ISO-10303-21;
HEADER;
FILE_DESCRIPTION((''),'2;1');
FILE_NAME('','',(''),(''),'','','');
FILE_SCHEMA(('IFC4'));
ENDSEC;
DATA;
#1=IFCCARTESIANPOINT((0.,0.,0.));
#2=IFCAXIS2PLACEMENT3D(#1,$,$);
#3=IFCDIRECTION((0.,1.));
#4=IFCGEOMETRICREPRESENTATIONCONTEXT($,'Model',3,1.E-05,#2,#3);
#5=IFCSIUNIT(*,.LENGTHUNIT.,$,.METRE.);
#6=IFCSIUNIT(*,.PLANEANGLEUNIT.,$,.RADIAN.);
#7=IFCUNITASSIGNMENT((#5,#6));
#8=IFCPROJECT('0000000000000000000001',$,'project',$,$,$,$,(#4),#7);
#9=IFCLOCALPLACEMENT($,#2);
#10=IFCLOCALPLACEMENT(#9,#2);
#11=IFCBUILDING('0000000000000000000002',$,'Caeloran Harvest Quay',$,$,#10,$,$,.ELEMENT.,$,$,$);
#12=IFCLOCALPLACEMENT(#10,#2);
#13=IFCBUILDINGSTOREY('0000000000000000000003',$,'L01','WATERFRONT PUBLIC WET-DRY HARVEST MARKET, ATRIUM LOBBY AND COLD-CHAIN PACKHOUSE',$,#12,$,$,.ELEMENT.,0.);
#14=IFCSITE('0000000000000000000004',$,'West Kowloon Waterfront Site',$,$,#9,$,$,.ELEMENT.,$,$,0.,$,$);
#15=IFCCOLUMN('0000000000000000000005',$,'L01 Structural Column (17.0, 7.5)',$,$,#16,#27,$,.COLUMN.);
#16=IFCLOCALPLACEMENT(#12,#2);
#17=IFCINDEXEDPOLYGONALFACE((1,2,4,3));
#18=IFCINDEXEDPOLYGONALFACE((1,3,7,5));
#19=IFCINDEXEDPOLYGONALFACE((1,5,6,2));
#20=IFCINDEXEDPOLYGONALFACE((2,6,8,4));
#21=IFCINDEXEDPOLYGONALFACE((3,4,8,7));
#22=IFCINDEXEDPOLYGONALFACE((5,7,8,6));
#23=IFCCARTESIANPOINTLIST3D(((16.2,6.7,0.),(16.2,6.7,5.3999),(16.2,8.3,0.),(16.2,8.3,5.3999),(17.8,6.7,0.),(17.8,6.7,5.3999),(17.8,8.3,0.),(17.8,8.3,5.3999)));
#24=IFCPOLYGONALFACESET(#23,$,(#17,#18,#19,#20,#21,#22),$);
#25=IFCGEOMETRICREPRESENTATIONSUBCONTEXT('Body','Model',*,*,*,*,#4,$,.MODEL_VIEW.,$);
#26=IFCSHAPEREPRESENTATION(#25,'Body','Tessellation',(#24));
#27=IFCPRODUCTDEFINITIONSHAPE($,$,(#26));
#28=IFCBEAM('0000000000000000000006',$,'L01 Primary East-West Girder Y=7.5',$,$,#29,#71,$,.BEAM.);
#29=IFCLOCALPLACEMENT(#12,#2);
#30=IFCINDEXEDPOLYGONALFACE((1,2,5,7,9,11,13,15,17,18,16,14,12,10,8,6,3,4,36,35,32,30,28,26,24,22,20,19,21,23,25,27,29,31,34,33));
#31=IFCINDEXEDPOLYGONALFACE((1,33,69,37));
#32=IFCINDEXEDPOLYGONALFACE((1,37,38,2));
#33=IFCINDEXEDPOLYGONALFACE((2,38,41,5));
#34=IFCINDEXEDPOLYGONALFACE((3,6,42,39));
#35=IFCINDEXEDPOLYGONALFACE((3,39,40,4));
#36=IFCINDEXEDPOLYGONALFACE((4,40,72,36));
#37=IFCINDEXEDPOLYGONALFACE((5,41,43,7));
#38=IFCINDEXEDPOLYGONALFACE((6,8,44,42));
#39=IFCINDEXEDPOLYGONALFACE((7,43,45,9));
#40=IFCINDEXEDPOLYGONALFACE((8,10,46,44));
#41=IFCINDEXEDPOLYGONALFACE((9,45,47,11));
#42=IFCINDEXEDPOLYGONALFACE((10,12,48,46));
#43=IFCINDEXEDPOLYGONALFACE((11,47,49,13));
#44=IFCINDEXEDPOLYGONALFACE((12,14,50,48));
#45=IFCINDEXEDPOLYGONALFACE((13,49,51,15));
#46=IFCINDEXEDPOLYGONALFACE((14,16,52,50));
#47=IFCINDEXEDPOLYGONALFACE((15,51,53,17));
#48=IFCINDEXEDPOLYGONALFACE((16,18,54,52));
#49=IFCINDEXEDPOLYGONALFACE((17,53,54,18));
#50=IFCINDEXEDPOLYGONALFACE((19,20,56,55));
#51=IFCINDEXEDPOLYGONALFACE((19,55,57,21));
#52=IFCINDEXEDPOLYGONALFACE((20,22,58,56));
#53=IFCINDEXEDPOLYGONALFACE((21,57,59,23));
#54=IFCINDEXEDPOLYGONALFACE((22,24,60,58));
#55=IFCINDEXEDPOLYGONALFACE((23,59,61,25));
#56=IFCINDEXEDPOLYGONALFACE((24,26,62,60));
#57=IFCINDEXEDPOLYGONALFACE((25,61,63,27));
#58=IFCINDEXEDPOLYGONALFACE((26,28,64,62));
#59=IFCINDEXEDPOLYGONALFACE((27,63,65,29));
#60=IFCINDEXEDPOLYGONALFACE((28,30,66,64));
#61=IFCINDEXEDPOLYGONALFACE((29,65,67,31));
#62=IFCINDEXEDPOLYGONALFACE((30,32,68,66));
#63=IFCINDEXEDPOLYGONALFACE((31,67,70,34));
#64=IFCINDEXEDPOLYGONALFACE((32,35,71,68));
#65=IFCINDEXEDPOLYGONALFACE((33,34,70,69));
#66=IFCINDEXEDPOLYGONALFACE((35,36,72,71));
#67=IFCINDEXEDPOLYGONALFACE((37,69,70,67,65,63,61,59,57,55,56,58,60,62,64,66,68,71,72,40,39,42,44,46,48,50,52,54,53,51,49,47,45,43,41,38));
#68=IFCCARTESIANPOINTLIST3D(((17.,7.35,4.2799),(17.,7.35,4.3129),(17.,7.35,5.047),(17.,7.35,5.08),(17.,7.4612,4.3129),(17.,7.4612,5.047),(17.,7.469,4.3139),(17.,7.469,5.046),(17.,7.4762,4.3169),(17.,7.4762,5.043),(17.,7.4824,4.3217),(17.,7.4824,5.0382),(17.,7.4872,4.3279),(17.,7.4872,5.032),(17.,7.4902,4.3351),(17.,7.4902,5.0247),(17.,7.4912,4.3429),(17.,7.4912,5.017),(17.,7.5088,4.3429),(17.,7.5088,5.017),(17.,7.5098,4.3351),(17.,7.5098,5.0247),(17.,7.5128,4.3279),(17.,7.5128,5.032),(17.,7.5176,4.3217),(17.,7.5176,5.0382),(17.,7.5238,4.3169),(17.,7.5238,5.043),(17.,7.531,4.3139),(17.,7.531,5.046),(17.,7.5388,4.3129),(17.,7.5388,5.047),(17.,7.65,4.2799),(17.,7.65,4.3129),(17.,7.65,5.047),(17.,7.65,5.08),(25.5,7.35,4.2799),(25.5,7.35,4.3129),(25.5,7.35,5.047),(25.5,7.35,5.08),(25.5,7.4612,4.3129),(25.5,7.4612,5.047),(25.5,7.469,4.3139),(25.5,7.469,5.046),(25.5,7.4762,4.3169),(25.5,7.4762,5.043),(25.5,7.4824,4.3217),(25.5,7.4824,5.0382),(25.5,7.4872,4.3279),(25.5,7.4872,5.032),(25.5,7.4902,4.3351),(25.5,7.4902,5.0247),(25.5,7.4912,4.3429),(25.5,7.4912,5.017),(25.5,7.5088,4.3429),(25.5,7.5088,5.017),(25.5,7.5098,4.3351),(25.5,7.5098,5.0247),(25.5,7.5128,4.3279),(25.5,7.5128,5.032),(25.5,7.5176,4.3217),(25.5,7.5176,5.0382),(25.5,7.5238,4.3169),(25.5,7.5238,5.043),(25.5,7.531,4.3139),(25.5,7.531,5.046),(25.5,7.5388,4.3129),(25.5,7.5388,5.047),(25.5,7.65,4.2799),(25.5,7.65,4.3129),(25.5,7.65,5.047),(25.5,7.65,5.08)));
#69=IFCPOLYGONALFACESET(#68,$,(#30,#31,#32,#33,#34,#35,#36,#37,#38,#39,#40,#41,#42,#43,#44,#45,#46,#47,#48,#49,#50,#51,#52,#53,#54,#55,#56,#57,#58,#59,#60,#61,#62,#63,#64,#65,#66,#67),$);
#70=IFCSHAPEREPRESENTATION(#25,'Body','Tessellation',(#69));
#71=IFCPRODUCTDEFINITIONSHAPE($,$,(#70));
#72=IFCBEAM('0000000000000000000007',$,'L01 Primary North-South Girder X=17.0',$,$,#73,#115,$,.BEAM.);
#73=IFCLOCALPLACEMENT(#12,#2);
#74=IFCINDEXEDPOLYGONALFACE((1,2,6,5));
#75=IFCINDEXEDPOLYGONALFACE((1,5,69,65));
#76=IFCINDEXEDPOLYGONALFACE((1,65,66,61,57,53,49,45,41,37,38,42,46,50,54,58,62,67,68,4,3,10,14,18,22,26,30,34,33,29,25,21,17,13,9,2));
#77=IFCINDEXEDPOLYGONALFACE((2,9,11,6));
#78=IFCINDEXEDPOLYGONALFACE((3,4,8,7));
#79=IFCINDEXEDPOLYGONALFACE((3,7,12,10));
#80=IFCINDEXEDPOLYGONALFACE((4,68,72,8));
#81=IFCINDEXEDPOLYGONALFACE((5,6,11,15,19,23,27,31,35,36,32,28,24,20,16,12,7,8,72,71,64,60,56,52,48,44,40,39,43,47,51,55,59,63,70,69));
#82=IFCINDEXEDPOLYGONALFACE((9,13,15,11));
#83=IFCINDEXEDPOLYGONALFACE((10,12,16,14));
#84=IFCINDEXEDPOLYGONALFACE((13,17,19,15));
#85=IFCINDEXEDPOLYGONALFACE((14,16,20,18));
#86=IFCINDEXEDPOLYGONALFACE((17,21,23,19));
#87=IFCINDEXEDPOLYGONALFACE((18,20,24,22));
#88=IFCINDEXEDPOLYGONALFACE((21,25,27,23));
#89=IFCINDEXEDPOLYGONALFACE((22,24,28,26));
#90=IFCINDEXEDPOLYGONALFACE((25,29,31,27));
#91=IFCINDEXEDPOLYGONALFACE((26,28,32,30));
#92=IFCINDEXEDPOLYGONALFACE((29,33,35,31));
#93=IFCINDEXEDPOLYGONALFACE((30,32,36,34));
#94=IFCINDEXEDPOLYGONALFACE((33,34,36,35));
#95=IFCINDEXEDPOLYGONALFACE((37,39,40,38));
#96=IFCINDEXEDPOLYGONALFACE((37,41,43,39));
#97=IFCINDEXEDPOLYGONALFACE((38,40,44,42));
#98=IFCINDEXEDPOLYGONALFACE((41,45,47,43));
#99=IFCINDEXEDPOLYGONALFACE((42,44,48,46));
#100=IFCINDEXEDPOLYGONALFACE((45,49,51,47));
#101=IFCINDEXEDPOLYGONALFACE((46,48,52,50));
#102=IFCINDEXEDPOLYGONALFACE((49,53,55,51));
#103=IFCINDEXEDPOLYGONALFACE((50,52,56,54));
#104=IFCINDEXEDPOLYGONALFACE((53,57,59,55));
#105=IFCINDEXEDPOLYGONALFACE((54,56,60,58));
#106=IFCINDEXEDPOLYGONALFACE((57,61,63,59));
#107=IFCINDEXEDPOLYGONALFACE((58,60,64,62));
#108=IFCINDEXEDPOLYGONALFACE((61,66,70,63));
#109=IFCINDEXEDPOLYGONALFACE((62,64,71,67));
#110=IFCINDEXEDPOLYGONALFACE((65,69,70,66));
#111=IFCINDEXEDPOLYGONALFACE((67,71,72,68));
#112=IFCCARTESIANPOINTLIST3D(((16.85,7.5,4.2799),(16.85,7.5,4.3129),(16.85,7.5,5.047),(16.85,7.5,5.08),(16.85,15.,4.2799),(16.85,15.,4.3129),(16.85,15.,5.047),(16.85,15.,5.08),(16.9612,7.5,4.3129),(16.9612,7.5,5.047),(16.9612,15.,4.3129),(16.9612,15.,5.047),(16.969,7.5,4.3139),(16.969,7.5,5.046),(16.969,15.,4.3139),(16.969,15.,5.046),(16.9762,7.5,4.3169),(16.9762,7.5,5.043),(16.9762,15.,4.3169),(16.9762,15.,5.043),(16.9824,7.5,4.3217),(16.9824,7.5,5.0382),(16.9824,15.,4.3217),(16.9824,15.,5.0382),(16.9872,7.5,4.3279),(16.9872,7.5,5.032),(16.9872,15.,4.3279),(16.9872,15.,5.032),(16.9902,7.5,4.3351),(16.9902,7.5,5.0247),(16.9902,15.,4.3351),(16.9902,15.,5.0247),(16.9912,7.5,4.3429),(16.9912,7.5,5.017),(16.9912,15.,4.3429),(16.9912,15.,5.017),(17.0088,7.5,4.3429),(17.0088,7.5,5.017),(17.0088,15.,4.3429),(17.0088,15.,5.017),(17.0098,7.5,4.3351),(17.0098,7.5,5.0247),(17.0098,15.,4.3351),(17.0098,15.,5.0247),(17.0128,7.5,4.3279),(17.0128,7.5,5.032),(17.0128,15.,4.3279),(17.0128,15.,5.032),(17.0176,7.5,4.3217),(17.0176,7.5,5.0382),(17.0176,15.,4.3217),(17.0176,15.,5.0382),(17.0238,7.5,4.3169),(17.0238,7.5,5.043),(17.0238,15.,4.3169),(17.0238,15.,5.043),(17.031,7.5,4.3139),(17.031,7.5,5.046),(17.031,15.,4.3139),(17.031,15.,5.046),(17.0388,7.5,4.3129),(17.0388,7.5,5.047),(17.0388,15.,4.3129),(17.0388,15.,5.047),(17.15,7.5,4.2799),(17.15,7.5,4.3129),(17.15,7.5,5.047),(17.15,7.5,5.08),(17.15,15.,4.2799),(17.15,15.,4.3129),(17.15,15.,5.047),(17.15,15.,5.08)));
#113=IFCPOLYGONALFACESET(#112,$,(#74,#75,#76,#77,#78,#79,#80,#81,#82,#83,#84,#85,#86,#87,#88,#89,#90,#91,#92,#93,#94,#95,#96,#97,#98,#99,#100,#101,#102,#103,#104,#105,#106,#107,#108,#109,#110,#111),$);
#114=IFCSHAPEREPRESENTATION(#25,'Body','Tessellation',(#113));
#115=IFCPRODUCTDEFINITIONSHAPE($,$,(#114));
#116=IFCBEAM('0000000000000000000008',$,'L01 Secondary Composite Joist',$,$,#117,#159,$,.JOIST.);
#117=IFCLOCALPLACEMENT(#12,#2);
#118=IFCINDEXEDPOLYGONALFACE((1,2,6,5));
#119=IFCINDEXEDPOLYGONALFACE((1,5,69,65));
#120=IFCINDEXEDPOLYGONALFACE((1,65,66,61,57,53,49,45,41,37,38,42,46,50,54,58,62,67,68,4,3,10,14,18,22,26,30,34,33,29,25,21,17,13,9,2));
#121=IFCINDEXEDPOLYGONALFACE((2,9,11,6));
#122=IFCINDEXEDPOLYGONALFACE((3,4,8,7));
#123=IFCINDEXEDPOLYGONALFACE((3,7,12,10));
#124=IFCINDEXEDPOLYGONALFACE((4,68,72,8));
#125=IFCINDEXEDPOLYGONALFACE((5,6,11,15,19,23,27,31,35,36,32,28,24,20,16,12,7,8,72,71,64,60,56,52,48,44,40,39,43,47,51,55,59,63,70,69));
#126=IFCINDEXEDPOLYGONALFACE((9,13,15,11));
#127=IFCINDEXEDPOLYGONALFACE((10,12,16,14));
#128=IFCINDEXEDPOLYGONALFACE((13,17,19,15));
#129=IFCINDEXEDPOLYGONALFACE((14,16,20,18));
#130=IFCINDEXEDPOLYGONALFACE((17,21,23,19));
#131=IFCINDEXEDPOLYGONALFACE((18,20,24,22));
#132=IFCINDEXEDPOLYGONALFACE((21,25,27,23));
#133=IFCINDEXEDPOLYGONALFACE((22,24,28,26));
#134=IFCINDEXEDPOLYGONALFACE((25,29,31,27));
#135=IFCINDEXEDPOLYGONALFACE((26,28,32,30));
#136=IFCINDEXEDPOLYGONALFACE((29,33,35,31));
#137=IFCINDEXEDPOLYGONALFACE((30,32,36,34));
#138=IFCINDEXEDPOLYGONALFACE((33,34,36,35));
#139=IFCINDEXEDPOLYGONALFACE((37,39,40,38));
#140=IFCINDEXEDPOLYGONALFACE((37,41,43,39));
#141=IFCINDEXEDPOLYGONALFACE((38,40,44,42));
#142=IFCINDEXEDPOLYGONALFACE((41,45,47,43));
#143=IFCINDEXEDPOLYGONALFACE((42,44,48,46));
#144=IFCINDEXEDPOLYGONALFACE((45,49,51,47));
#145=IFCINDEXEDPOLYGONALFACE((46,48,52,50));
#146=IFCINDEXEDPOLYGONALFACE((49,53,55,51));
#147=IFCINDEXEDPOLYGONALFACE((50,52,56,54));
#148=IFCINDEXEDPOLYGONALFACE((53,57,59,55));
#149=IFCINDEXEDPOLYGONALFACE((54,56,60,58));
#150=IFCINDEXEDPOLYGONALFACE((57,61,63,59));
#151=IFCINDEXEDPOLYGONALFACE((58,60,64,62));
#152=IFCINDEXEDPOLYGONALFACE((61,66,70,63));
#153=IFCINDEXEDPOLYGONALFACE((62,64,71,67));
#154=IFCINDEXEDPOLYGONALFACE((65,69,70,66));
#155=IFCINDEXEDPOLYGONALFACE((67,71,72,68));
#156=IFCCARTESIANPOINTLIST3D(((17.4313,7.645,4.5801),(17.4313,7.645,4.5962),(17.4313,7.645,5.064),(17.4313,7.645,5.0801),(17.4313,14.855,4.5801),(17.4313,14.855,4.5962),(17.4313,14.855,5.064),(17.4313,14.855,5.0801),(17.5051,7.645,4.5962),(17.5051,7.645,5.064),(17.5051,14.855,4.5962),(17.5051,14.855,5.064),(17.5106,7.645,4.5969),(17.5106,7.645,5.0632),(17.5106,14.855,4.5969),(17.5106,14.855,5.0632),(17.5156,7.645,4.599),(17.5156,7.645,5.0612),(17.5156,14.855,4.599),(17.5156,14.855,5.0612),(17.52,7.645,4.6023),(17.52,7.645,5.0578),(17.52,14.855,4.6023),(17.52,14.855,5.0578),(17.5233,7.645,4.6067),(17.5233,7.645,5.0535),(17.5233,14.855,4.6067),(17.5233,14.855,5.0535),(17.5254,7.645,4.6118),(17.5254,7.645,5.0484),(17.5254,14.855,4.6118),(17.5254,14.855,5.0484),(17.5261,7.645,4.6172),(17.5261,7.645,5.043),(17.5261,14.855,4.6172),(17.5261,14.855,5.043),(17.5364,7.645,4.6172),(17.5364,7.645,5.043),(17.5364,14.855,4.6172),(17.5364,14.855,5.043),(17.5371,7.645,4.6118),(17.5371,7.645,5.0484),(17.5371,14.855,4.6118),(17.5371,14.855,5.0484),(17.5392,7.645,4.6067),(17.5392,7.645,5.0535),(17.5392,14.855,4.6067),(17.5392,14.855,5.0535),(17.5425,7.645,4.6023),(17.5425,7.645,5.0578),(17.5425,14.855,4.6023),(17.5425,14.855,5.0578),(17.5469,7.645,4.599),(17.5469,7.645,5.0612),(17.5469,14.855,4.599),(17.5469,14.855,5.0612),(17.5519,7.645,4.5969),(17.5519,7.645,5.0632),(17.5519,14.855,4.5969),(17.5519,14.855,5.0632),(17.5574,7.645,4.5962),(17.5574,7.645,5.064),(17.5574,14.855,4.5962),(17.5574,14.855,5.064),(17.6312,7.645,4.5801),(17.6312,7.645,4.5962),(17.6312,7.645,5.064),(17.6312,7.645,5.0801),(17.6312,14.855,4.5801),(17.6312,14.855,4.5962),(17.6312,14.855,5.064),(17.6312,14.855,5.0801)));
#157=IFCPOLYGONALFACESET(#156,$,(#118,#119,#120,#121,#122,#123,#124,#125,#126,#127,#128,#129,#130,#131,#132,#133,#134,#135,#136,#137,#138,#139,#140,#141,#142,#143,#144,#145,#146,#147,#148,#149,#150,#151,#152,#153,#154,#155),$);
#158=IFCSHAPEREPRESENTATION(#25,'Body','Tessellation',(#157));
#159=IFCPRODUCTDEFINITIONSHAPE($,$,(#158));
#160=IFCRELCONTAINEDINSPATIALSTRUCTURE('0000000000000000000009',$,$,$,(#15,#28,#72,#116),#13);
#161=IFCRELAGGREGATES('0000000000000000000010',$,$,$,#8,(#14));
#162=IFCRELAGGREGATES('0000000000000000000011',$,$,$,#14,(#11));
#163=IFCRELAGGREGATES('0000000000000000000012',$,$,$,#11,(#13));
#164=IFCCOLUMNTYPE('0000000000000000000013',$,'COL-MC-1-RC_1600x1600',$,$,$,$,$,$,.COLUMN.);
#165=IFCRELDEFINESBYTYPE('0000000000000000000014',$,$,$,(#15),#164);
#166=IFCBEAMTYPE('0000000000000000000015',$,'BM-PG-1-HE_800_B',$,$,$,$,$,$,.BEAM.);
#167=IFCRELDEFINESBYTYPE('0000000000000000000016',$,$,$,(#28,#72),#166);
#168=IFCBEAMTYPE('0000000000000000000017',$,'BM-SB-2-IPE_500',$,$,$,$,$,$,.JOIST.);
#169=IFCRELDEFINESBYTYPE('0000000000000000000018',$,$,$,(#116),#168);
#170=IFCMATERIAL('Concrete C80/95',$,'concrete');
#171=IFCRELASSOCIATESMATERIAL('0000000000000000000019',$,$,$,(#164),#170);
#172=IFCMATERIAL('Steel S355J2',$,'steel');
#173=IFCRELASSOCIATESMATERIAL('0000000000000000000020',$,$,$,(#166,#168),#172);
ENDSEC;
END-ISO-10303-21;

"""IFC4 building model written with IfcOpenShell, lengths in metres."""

from ifc_helpers import new_model, si_unit, direction, frame, origin, origin_2d, place, context, subcontext, project, spatial, rectangle, i_section, extrude, material, material_profile, profile_set, type_object, element, save


model = new_model("IFC4")

# Units and contexts
model_context = context("Model", 3, precision=1e-05, world=origin(), true_north=direction((0.0, 1.0)))
body_context = subcontext(model_context, "Body", "Model", "MODEL_VIEW")
ifc_project = project(units=[si_unit("LENGTHUNIT", "METRE"), si_unit("PLANEANGLEUNIT", "RADIAN")], contexts=[model_context])

# Site, building, storey
site_placement = place(None, origin())
site = spatial("IfcSite", under=ifc_project, at=site_placement, Name="West Kowloon Waterfront Site", CompositionType="ELEMENT", RefElevation=0.0)
building_placement = place(site_placement, origin())
building = spatial("IfcBuilding", under=site, at=building_placement, Name="Caeloran Harvest Quay", CompositionType="ELEMENT")
storey_placement = place(building_placement, origin())
storey = spatial("IfcBuildingStorey", under=building, at=storey_placement, Name="L01", Description="WATERFRONT PUBLIC WET-DRY HARVEST MARKET, ATRIUM LOBBY AND COLD-CHAIN PACKHOUSE", CompositionType="ELEMENT", Elevation=0.0)

# Column
ifc_material_1 = material(Name="Concrete C80/95", Category="concrete")
ifc_material_profile_1 = material_profile(ifc_material_1, rectangle(XDim=1.6001, YDim=1.6001, at=origin_2d()), Name="RC 1600x1600")
ifc_profile_set_1 = profile_set([ifc_material_profile_1], Name="Concrete C80/95")
column_type = type_object("IfcColumnType", Name="COL-MC-1-RC_1600x1600", PredefinedType="COLUMN", material=ifc_profile_set_1)
column_placement = place(storey_placement, frame((17.0, 7.5, 0.0), z_axis=(0.0, 0.0, 1.0), x_axis=(1.0, 0.0, 0.0)))
element("IfcColumn", 1, at=column_placement, inside=storey, type_object=column_type, Name="L01 Structural Column (17.0, 7.5)", PredefinedType="COLUMN", context=body_context, shape_type="SweptSolid", body=[
    extrude(rectangle(XDim=1.6001, YDim=1.6001, at=origin_2d()), origin(), (0.0, 0.0, 1.0), 5.3999),
])

# Beams
ifc_material_2 = material(Name="Steel S355J2", Category="steel")
ifc_material_profile_2 = material_profile(ifc_material_2, i_section(OverallWidth=0.3, OverallDepth=0.8, WebThickness=0.0176, FlangeThickness=0.033, FilletRadius=0.03, at=origin_2d()), Name="HE 800 B")
ifc_profile_set_2 = profile_set([ifc_material_profile_2], Name="Steel S355J2")
beam_type_1 = type_object("IfcBeamType", Name="BM-PG-1-HE_800_B", PredefinedType="BEAM", material=ifc_profile_set_2)
beam_1_placement = place(storey_placement, frame((17.0, 7.5, 4.6799), z_axis=(1.0, 0.0, 0.0), x_axis=(0.0, 1.0, 0.0)))
element("IfcBeam", 2, at=beam_1_placement, inside=storey, type_object=beam_type_1, Name="L01 Primary East-West Girder Y=7.5", PredefinedType="BEAM", context=body_context, shape_type="SweptSolid", body=[
    extrude(i_section(OverallWidth=0.3, OverallDepth=0.8, WebThickness=0.0176, FlangeThickness=0.033, FilletRadius=0.03, at=origin_2d()), origin(), (0.0, 0.0, 1.0), 8.5),
])
beam_2_placement = place(storey_placement, frame((17.0, 7.5, 4.6799), z_axis=(0.0, 1.0, 0.0), x_axis=(-1.0, 0.0, 0.0)))
element("IfcBeam", 3, at=beam_2_placement, inside=storey, type_object=beam_type_1, Name="L01 Primary North-South Girder X=17.0", PredefinedType="BEAM", context=body_context, shape_type="SweptSolid", body=[
    extrude(i_section(OverallWidth=0.3, OverallDepth=0.8, WebThickness=0.0176, FlangeThickness=0.033, FilletRadius=0.03, at=origin_2d()), origin(), (0.0, 0.0, 1.0), 7.5),
])
ifc_material_profile_3 = material_profile(ifc_material_2, i_section(OverallWidth=0.2, OverallDepth=0.5, WebThickness=0.0103, FlangeThickness=0.0161, FilletRadius=0.021, at=origin_2d()), Name="IPE 500")
ifc_profile_set_3 = profile_set([ifc_material_profile_3], Name="Steel S355J2")
beam_type_2 = type_object("IfcBeamType", Name="BM-SB-2-IPE_500", PredefinedType="JOIST", material=ifc_profile_set_3)
for number, where, z_axis, x_axis, name in (
    (4, (17.5312, 7.645, 4.8301), (0.0, 1.0, 0.0), (-1.0, 0.0, 0.0), "L01 Secondary Composite Joist"),
):
    element("IfcBeam", number, at=place(storey_placement, frame(where, z_axis=z_axis, x_axis=x_axis)), inside=storey, type_object=beam_type_2, Name=name, PredefinedType="JOIST", context=body_context, shape_type="SweptSolid", body=[
        extrude(i_section(OverallWidth=0.2, OverallDepth=0.5, WebThickness=0.0103, FlangeThickness=0.0161, FilletRadius=0.021, at=origin_2d()), origin(), (0.0, 0.0, 1.0), 7.21),
    ])

save(model, "model.ifc")
